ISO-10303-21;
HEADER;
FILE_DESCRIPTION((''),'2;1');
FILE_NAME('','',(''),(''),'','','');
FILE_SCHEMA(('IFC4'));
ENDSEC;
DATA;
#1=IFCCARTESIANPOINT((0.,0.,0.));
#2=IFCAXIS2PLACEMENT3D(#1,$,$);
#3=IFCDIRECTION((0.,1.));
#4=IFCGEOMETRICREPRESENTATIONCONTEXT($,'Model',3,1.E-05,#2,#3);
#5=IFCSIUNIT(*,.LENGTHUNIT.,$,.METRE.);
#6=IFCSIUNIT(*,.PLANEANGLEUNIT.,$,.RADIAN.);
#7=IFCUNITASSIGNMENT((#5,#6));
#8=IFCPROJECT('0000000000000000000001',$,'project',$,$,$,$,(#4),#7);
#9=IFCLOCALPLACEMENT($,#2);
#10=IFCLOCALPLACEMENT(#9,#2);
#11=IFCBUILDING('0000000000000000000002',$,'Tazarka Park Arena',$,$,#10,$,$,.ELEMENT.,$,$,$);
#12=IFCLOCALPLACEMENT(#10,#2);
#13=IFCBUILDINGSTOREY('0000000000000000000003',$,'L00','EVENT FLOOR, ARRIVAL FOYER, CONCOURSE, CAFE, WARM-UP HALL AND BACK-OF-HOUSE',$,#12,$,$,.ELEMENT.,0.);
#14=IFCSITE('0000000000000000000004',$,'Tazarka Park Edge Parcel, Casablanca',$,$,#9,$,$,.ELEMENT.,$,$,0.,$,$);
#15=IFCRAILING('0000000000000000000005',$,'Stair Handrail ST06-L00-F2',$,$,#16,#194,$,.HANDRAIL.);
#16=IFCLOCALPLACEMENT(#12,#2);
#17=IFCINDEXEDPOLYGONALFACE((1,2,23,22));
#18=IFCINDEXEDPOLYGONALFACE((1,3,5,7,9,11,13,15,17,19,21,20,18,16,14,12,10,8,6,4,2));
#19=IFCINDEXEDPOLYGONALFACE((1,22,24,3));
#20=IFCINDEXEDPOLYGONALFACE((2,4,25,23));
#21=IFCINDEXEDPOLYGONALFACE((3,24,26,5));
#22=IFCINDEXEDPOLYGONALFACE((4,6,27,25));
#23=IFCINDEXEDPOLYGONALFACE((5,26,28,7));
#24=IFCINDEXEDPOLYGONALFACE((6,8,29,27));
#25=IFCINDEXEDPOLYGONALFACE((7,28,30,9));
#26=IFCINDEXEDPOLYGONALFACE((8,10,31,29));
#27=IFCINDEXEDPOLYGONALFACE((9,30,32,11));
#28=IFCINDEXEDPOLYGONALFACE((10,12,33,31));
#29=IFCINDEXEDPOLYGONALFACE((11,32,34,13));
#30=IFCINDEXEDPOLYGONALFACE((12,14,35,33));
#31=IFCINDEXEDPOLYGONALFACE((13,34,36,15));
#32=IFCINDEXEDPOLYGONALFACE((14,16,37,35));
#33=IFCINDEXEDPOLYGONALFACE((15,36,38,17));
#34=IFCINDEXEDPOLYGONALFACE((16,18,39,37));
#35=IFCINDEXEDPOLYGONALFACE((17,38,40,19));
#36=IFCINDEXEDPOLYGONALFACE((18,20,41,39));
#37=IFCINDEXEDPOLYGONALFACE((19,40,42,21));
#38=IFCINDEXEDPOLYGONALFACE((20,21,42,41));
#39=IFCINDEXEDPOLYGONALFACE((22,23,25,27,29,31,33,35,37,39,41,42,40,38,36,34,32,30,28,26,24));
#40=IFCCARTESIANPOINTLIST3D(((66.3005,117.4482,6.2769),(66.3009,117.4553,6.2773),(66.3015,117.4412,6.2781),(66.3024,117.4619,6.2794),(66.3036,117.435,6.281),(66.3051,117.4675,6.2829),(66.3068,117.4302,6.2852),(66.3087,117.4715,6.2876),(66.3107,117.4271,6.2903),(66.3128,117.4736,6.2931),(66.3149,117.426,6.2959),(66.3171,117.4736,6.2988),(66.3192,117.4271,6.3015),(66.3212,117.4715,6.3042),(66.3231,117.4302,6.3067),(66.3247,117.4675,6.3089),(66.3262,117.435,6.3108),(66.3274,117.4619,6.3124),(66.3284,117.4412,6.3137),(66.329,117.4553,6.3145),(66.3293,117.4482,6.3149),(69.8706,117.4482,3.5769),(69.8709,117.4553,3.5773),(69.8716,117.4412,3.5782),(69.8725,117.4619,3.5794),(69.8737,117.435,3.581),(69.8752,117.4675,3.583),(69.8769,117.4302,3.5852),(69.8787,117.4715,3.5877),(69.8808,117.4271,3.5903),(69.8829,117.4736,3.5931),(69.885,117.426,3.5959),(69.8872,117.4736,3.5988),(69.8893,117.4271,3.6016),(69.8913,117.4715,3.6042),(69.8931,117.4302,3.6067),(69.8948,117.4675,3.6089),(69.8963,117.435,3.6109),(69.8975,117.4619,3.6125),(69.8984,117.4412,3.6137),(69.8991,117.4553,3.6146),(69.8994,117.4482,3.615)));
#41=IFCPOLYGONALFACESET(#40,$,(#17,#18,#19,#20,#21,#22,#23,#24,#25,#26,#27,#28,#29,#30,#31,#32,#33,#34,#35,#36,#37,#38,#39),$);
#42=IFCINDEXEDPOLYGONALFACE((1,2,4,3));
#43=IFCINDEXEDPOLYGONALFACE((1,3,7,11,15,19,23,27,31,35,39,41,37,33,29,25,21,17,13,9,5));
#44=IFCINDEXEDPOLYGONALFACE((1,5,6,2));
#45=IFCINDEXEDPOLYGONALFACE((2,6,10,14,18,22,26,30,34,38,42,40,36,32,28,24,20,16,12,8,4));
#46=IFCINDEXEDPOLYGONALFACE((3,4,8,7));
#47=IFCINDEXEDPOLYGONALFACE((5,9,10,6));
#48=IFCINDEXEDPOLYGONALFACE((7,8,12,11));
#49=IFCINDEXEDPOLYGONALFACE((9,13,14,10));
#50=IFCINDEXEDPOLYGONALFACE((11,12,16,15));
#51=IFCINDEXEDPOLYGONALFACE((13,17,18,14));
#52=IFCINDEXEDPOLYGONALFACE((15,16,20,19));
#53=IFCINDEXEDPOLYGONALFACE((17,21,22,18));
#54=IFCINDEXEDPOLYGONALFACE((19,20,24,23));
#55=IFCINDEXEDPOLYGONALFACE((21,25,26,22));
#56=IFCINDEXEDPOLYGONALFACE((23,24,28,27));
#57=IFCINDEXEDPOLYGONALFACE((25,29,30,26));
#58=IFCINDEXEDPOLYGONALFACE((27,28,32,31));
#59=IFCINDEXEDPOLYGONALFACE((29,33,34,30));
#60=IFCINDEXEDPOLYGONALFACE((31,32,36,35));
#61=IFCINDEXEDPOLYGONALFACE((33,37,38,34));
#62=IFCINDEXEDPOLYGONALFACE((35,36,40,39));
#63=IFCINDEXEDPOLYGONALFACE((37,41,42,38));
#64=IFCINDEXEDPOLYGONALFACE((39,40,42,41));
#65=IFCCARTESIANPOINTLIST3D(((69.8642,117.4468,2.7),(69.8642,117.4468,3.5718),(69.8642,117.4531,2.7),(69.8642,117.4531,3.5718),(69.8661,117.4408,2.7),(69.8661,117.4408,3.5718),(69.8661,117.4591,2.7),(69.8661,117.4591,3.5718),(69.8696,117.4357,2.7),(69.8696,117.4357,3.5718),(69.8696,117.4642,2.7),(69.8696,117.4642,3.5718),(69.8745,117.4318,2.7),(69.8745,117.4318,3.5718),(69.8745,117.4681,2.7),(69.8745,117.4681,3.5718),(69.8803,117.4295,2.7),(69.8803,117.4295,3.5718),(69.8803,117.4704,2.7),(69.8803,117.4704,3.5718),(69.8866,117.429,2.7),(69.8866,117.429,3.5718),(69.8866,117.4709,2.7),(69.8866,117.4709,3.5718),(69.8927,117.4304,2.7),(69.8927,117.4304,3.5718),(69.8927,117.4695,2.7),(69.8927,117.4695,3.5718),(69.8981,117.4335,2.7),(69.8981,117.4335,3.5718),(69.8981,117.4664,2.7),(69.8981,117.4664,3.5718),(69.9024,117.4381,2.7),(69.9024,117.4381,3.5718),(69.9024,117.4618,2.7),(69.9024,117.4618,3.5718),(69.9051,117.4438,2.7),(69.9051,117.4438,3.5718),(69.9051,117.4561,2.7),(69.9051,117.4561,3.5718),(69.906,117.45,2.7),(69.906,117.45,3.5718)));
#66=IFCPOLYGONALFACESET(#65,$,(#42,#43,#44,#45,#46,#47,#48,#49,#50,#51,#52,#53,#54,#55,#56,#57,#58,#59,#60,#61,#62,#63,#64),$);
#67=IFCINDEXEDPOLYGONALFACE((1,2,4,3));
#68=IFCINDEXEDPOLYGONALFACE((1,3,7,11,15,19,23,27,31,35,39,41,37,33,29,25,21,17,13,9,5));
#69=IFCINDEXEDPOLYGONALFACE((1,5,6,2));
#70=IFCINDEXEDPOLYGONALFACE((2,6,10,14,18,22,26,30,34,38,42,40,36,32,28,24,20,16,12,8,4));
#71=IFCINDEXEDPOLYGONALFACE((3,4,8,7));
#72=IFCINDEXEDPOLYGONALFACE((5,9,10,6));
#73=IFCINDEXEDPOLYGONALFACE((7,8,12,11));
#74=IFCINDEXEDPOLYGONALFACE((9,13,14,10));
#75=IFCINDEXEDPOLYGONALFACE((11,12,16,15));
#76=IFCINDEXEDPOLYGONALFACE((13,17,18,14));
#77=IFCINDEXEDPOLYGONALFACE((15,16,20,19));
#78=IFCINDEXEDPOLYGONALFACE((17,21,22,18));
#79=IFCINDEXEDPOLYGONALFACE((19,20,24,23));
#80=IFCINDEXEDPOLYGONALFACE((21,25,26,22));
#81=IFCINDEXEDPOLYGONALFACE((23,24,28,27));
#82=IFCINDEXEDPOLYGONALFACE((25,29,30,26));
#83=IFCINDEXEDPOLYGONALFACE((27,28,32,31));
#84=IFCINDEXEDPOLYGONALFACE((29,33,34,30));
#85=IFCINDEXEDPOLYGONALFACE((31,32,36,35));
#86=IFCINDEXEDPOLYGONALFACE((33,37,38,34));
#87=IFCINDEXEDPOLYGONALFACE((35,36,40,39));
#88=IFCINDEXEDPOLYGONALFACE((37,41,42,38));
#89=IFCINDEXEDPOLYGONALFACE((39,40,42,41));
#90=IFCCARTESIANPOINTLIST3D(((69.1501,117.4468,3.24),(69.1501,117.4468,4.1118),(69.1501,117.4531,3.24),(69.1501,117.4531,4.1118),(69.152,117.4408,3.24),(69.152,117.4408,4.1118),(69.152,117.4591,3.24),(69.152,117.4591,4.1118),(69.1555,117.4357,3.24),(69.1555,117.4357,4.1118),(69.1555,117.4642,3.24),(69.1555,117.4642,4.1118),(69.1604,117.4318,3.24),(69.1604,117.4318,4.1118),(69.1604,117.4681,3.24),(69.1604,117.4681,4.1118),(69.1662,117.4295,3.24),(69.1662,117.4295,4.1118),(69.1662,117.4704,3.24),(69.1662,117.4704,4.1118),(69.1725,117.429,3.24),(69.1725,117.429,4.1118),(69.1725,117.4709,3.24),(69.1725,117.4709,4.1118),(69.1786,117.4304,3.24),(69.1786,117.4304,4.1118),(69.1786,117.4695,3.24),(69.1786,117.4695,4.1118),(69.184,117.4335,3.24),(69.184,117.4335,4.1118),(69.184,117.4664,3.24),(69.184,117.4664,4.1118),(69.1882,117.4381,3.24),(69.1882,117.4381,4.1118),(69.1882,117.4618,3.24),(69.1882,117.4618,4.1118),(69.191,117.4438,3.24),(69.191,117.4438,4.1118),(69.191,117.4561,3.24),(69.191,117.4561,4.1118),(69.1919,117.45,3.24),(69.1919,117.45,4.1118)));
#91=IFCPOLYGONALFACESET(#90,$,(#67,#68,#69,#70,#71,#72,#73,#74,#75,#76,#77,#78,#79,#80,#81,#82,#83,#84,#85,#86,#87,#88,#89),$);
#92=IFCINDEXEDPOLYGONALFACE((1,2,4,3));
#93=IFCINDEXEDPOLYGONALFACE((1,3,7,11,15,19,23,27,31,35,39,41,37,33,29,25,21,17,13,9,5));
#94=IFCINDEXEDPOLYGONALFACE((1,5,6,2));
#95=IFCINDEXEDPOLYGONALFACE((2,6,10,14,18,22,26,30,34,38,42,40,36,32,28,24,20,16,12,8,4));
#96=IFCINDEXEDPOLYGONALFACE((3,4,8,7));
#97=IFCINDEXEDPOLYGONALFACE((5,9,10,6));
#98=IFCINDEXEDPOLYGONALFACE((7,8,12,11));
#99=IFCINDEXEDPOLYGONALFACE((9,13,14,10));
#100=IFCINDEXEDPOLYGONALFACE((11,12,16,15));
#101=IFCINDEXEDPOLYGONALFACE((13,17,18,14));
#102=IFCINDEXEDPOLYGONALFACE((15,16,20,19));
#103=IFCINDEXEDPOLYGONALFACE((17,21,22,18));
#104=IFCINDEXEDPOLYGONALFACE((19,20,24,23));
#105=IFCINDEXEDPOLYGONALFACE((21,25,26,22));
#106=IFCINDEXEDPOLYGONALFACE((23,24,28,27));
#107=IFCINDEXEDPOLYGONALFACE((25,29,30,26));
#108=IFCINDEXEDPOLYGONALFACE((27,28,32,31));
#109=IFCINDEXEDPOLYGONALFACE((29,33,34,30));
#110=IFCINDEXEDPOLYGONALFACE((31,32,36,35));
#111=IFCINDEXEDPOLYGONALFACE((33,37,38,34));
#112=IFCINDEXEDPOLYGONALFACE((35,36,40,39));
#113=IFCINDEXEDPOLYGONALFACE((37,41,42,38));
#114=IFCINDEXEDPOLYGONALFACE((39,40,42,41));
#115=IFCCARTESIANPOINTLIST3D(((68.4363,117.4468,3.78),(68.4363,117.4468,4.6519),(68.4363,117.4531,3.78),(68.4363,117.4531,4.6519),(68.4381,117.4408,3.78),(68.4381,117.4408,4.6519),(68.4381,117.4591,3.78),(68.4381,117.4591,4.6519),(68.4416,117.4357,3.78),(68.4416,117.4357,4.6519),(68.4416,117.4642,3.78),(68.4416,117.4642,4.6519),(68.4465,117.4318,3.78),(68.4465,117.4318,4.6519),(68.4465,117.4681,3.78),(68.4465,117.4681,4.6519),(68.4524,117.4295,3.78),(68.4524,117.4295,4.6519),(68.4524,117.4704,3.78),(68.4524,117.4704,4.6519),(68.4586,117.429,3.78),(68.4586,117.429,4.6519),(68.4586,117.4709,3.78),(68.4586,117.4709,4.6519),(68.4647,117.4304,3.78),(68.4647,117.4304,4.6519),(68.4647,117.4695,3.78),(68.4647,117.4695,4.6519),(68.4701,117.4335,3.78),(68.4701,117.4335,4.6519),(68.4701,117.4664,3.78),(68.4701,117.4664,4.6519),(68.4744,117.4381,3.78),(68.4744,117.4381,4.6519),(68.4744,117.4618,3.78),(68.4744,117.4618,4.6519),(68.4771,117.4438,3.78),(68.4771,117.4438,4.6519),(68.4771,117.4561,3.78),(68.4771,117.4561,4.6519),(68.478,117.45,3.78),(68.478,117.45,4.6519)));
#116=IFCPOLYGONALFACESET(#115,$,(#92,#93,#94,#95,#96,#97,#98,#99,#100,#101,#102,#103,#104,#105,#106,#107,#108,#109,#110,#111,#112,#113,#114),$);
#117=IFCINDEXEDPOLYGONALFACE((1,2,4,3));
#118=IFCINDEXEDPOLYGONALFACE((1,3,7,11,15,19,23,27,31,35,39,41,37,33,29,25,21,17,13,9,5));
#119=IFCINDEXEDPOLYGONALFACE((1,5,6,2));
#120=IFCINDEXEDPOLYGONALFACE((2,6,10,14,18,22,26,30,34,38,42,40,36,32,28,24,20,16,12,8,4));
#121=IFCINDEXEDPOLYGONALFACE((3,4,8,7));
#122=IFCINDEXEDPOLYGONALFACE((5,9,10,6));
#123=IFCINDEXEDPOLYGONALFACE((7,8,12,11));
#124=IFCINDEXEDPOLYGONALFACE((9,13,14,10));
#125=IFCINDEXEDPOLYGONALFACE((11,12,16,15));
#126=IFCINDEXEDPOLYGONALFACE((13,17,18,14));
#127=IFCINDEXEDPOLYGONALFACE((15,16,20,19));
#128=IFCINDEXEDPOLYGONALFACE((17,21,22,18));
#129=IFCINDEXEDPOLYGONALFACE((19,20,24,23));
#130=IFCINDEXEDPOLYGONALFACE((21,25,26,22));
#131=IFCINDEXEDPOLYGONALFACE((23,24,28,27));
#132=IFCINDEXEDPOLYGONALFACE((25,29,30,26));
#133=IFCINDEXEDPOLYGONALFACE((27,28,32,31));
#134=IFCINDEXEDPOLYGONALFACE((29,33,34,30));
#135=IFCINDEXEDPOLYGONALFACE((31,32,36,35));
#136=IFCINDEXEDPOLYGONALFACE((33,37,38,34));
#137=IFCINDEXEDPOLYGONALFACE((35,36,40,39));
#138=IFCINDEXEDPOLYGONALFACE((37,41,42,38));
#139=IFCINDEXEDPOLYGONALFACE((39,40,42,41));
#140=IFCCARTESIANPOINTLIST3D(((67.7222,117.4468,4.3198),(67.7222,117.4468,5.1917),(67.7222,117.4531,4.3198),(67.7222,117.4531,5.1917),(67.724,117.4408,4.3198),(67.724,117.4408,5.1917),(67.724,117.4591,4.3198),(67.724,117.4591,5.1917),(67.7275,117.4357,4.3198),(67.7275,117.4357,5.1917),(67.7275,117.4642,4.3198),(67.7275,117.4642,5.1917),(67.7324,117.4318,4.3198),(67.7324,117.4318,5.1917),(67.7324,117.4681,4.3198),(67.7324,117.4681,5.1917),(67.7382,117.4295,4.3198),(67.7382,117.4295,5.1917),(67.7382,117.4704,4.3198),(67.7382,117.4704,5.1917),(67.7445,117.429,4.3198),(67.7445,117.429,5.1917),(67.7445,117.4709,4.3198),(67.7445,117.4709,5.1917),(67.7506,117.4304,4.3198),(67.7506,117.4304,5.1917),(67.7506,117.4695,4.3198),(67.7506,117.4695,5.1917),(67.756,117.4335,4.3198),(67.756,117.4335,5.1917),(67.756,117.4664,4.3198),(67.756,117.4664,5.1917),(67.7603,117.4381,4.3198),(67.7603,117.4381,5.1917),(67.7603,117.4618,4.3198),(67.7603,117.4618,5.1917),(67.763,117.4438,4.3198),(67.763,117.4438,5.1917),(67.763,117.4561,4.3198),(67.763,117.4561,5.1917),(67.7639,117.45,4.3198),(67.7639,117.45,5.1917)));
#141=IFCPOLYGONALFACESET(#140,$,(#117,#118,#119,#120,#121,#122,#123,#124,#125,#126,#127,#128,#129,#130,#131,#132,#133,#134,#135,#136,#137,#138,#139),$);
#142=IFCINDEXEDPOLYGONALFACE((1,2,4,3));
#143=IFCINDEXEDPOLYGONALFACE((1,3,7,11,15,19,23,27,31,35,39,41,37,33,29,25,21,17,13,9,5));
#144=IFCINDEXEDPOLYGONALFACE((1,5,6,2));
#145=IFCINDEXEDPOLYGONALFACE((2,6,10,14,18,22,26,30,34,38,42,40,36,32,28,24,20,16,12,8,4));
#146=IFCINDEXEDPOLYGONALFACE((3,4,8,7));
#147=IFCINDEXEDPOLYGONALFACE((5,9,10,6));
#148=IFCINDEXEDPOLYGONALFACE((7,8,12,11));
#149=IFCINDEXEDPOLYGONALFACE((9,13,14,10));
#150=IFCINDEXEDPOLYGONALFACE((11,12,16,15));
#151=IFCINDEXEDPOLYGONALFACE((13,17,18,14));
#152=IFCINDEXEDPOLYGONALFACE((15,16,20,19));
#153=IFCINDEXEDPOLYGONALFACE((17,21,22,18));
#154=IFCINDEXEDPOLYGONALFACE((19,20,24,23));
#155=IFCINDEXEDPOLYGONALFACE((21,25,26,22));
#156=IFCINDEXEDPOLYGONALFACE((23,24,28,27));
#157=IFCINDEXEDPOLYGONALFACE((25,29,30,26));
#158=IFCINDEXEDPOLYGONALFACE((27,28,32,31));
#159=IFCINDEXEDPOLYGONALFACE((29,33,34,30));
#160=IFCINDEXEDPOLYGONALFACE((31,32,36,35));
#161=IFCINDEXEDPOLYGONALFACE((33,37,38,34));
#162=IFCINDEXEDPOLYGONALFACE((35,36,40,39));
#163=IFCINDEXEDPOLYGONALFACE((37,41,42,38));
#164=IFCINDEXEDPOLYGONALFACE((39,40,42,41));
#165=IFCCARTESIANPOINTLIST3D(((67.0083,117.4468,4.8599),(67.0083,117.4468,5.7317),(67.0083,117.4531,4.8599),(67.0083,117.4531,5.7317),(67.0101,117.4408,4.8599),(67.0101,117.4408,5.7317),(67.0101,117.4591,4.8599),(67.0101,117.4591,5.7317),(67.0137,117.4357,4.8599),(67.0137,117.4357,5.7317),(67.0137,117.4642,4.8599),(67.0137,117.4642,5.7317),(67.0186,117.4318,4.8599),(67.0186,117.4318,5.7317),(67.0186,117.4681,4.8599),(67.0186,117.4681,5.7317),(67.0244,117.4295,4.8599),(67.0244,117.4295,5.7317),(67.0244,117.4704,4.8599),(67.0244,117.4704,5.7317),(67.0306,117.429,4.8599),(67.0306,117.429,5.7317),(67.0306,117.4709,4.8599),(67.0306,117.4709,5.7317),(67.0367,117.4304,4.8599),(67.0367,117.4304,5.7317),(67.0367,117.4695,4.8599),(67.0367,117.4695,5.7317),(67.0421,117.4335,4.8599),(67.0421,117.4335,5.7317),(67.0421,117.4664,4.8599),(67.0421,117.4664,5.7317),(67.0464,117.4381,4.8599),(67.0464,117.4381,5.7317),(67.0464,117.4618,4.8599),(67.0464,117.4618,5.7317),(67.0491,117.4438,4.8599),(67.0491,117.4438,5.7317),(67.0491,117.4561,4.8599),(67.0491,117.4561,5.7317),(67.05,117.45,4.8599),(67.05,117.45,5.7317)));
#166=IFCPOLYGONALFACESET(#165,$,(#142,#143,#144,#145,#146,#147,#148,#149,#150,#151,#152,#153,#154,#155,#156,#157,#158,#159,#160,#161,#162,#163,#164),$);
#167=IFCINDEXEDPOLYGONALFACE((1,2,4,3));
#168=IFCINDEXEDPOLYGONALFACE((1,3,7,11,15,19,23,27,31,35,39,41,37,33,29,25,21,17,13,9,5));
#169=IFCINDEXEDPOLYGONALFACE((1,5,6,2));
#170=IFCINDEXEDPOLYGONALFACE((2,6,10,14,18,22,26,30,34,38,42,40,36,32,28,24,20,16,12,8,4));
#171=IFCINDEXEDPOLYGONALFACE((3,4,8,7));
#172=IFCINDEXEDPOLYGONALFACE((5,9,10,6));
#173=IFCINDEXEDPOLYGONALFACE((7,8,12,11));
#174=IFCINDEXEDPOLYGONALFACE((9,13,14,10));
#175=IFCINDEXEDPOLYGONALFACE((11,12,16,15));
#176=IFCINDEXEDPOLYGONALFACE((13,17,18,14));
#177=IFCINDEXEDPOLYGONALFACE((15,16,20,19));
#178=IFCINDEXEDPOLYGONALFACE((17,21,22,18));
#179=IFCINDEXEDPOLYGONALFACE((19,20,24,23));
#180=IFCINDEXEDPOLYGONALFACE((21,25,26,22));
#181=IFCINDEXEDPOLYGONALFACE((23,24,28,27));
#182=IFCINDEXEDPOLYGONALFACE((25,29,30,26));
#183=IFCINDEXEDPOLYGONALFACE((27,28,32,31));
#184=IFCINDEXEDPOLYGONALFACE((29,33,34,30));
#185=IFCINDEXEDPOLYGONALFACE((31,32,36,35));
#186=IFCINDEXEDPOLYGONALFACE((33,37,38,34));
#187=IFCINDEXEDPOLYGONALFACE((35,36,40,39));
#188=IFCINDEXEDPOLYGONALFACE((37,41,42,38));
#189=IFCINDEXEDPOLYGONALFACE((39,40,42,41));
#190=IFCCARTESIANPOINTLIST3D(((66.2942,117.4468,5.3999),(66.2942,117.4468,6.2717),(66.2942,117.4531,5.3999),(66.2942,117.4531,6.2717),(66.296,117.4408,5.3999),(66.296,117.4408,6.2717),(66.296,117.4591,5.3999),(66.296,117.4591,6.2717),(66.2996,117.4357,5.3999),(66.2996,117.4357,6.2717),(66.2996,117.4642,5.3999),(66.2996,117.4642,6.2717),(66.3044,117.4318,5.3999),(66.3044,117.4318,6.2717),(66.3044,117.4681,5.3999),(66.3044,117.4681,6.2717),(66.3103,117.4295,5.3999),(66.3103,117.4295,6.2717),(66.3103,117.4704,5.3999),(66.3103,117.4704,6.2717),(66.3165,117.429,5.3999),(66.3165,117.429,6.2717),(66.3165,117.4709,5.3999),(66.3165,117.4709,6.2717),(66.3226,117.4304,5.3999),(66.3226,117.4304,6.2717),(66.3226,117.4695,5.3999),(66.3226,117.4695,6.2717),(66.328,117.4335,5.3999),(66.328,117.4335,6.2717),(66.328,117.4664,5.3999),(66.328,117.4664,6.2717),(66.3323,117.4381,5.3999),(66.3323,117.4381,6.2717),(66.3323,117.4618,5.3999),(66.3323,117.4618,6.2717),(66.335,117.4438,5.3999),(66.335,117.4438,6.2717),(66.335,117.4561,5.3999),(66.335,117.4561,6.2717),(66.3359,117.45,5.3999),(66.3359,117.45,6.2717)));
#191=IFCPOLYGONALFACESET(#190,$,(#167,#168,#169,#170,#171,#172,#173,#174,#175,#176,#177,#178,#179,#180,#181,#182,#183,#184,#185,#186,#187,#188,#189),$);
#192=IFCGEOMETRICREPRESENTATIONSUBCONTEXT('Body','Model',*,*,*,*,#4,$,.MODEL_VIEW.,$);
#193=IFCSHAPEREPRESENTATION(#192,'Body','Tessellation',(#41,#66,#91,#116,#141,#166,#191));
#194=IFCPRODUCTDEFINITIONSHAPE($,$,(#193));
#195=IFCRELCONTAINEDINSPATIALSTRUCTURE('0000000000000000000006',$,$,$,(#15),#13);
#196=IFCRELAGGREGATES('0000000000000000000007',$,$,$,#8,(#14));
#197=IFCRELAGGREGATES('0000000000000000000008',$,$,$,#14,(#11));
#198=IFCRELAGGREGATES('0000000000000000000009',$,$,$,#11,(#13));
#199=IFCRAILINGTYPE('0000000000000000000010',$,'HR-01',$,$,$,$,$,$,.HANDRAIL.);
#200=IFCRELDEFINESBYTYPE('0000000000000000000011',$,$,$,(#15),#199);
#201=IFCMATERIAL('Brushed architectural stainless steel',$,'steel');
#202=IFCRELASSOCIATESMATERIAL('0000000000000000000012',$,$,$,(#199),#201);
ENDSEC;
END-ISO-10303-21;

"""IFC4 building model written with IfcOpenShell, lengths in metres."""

from ifc_helpers import new_model, si_unit, direction, frame, origin, origin_2d, place, context, subcontext, project, spatial, circle, extrude, material, type_object, element, save


model = new_model("IFC4")

# Units and contexts
model_context = context("Model", 3, precision=1e-05, world=origin(), true_north=direction((0.0, 1.0)))
body_context = subcontext(model_context, "Body", "Model", "MODEL_VIEW")
ifc_project = project(units=[si_unit("LENGTHUNIT", "METRE"), si_unit("PLANEANGLEUNIT", "RADIAN")], contexts=[model_context])

# Site, building, storey
site_placement = place(None, origin())
site = spatial("IfcSite", under=ifc_project, at=site_placement, Name="Tazarka Park Edge Parcel, Casablanca", CompositionType="ELEMENT", RefElevation=0.0)
building_placement = place(site_placement, origin())
building = spatial("IfcBuilding", under=site, at=building_placement, Name="Tazarka Park Arena", CompositionType="ELEMENT")
storey_placement = place(building_placement, origin())
storey = spatial("IfcBuildingStorey", under=building, at=storey_placement, Name="L00", Description="EVENT FLOOR, ARRIVAL FOYER, CONCOURSE, CAFE, WARM-UP HALL AND BACK-OF-HOUSE", CompositionType="ELEMENT", Elevation=0.0)

# Railing
ifc_material_1 = material(Name="Brushed architectural stainless steel", Category="steel")
railing_type_1 = type_object("IfcRailingType", Name="HR-01", PredefinedType="HANDRAIL", material=ifc_material_1)
railing_1_placement = place(storey_placement, frame((69.885, 117.45, 2.7)))
element("IfcRailing", 1, at=railing_1_placement, inside=storey, type_object=railing_type_1, Name="Stair Handrail ST06-L00-F2", PredefinedType="HANDRAIL", context=body_context, shape_type="SweptSolid", body=[
    extrude(circle(Radius=0.0239, at=origin_2d()), frame((0.0, 0.0, 0.896), z_axis=(-0.797591, 0.0, 0.603198), x_axis=(0.0, -1.0, 0.0)), (0.0, 0.0, 1.0), 4.4761),
    extrude(circle(Radius=0.021, at=origin_2d()), origin(), (0.0, 0.0, 1.0), 0.8718),
    extrude(circle(Radius=0.021, at=origin_2d()), frame((-0.7141, 0.0, 0.54)), (0.0, 0.0, 1.0), 0.8718),
    extrude(circle(Radius=0.021, at=origin_2d()), frame((-1.428, 0.0, 1.0801)), (0.0, 0.0, 1.0), 0.8718),
    extrude(circle(Radius=0.021, at=origin_2d()), frame((-2.1421, 0.0, 1.6199)), (0.0, 0.0, 1.0), 0.8718),
    extrude(circle(Radius=0.021, at=origin_2d()), frame((-2.856, 0.0, 2.1599)), (0.0, 0.0, 1.0), 0.8718),
    extrude(circle(Radius=0.021, at=origin_2d()), frame((-3.5701, 0.0, 2.7)), (0.0, 0.0, 1.0), 0.8718),
])

save(model, "model.ifc")
